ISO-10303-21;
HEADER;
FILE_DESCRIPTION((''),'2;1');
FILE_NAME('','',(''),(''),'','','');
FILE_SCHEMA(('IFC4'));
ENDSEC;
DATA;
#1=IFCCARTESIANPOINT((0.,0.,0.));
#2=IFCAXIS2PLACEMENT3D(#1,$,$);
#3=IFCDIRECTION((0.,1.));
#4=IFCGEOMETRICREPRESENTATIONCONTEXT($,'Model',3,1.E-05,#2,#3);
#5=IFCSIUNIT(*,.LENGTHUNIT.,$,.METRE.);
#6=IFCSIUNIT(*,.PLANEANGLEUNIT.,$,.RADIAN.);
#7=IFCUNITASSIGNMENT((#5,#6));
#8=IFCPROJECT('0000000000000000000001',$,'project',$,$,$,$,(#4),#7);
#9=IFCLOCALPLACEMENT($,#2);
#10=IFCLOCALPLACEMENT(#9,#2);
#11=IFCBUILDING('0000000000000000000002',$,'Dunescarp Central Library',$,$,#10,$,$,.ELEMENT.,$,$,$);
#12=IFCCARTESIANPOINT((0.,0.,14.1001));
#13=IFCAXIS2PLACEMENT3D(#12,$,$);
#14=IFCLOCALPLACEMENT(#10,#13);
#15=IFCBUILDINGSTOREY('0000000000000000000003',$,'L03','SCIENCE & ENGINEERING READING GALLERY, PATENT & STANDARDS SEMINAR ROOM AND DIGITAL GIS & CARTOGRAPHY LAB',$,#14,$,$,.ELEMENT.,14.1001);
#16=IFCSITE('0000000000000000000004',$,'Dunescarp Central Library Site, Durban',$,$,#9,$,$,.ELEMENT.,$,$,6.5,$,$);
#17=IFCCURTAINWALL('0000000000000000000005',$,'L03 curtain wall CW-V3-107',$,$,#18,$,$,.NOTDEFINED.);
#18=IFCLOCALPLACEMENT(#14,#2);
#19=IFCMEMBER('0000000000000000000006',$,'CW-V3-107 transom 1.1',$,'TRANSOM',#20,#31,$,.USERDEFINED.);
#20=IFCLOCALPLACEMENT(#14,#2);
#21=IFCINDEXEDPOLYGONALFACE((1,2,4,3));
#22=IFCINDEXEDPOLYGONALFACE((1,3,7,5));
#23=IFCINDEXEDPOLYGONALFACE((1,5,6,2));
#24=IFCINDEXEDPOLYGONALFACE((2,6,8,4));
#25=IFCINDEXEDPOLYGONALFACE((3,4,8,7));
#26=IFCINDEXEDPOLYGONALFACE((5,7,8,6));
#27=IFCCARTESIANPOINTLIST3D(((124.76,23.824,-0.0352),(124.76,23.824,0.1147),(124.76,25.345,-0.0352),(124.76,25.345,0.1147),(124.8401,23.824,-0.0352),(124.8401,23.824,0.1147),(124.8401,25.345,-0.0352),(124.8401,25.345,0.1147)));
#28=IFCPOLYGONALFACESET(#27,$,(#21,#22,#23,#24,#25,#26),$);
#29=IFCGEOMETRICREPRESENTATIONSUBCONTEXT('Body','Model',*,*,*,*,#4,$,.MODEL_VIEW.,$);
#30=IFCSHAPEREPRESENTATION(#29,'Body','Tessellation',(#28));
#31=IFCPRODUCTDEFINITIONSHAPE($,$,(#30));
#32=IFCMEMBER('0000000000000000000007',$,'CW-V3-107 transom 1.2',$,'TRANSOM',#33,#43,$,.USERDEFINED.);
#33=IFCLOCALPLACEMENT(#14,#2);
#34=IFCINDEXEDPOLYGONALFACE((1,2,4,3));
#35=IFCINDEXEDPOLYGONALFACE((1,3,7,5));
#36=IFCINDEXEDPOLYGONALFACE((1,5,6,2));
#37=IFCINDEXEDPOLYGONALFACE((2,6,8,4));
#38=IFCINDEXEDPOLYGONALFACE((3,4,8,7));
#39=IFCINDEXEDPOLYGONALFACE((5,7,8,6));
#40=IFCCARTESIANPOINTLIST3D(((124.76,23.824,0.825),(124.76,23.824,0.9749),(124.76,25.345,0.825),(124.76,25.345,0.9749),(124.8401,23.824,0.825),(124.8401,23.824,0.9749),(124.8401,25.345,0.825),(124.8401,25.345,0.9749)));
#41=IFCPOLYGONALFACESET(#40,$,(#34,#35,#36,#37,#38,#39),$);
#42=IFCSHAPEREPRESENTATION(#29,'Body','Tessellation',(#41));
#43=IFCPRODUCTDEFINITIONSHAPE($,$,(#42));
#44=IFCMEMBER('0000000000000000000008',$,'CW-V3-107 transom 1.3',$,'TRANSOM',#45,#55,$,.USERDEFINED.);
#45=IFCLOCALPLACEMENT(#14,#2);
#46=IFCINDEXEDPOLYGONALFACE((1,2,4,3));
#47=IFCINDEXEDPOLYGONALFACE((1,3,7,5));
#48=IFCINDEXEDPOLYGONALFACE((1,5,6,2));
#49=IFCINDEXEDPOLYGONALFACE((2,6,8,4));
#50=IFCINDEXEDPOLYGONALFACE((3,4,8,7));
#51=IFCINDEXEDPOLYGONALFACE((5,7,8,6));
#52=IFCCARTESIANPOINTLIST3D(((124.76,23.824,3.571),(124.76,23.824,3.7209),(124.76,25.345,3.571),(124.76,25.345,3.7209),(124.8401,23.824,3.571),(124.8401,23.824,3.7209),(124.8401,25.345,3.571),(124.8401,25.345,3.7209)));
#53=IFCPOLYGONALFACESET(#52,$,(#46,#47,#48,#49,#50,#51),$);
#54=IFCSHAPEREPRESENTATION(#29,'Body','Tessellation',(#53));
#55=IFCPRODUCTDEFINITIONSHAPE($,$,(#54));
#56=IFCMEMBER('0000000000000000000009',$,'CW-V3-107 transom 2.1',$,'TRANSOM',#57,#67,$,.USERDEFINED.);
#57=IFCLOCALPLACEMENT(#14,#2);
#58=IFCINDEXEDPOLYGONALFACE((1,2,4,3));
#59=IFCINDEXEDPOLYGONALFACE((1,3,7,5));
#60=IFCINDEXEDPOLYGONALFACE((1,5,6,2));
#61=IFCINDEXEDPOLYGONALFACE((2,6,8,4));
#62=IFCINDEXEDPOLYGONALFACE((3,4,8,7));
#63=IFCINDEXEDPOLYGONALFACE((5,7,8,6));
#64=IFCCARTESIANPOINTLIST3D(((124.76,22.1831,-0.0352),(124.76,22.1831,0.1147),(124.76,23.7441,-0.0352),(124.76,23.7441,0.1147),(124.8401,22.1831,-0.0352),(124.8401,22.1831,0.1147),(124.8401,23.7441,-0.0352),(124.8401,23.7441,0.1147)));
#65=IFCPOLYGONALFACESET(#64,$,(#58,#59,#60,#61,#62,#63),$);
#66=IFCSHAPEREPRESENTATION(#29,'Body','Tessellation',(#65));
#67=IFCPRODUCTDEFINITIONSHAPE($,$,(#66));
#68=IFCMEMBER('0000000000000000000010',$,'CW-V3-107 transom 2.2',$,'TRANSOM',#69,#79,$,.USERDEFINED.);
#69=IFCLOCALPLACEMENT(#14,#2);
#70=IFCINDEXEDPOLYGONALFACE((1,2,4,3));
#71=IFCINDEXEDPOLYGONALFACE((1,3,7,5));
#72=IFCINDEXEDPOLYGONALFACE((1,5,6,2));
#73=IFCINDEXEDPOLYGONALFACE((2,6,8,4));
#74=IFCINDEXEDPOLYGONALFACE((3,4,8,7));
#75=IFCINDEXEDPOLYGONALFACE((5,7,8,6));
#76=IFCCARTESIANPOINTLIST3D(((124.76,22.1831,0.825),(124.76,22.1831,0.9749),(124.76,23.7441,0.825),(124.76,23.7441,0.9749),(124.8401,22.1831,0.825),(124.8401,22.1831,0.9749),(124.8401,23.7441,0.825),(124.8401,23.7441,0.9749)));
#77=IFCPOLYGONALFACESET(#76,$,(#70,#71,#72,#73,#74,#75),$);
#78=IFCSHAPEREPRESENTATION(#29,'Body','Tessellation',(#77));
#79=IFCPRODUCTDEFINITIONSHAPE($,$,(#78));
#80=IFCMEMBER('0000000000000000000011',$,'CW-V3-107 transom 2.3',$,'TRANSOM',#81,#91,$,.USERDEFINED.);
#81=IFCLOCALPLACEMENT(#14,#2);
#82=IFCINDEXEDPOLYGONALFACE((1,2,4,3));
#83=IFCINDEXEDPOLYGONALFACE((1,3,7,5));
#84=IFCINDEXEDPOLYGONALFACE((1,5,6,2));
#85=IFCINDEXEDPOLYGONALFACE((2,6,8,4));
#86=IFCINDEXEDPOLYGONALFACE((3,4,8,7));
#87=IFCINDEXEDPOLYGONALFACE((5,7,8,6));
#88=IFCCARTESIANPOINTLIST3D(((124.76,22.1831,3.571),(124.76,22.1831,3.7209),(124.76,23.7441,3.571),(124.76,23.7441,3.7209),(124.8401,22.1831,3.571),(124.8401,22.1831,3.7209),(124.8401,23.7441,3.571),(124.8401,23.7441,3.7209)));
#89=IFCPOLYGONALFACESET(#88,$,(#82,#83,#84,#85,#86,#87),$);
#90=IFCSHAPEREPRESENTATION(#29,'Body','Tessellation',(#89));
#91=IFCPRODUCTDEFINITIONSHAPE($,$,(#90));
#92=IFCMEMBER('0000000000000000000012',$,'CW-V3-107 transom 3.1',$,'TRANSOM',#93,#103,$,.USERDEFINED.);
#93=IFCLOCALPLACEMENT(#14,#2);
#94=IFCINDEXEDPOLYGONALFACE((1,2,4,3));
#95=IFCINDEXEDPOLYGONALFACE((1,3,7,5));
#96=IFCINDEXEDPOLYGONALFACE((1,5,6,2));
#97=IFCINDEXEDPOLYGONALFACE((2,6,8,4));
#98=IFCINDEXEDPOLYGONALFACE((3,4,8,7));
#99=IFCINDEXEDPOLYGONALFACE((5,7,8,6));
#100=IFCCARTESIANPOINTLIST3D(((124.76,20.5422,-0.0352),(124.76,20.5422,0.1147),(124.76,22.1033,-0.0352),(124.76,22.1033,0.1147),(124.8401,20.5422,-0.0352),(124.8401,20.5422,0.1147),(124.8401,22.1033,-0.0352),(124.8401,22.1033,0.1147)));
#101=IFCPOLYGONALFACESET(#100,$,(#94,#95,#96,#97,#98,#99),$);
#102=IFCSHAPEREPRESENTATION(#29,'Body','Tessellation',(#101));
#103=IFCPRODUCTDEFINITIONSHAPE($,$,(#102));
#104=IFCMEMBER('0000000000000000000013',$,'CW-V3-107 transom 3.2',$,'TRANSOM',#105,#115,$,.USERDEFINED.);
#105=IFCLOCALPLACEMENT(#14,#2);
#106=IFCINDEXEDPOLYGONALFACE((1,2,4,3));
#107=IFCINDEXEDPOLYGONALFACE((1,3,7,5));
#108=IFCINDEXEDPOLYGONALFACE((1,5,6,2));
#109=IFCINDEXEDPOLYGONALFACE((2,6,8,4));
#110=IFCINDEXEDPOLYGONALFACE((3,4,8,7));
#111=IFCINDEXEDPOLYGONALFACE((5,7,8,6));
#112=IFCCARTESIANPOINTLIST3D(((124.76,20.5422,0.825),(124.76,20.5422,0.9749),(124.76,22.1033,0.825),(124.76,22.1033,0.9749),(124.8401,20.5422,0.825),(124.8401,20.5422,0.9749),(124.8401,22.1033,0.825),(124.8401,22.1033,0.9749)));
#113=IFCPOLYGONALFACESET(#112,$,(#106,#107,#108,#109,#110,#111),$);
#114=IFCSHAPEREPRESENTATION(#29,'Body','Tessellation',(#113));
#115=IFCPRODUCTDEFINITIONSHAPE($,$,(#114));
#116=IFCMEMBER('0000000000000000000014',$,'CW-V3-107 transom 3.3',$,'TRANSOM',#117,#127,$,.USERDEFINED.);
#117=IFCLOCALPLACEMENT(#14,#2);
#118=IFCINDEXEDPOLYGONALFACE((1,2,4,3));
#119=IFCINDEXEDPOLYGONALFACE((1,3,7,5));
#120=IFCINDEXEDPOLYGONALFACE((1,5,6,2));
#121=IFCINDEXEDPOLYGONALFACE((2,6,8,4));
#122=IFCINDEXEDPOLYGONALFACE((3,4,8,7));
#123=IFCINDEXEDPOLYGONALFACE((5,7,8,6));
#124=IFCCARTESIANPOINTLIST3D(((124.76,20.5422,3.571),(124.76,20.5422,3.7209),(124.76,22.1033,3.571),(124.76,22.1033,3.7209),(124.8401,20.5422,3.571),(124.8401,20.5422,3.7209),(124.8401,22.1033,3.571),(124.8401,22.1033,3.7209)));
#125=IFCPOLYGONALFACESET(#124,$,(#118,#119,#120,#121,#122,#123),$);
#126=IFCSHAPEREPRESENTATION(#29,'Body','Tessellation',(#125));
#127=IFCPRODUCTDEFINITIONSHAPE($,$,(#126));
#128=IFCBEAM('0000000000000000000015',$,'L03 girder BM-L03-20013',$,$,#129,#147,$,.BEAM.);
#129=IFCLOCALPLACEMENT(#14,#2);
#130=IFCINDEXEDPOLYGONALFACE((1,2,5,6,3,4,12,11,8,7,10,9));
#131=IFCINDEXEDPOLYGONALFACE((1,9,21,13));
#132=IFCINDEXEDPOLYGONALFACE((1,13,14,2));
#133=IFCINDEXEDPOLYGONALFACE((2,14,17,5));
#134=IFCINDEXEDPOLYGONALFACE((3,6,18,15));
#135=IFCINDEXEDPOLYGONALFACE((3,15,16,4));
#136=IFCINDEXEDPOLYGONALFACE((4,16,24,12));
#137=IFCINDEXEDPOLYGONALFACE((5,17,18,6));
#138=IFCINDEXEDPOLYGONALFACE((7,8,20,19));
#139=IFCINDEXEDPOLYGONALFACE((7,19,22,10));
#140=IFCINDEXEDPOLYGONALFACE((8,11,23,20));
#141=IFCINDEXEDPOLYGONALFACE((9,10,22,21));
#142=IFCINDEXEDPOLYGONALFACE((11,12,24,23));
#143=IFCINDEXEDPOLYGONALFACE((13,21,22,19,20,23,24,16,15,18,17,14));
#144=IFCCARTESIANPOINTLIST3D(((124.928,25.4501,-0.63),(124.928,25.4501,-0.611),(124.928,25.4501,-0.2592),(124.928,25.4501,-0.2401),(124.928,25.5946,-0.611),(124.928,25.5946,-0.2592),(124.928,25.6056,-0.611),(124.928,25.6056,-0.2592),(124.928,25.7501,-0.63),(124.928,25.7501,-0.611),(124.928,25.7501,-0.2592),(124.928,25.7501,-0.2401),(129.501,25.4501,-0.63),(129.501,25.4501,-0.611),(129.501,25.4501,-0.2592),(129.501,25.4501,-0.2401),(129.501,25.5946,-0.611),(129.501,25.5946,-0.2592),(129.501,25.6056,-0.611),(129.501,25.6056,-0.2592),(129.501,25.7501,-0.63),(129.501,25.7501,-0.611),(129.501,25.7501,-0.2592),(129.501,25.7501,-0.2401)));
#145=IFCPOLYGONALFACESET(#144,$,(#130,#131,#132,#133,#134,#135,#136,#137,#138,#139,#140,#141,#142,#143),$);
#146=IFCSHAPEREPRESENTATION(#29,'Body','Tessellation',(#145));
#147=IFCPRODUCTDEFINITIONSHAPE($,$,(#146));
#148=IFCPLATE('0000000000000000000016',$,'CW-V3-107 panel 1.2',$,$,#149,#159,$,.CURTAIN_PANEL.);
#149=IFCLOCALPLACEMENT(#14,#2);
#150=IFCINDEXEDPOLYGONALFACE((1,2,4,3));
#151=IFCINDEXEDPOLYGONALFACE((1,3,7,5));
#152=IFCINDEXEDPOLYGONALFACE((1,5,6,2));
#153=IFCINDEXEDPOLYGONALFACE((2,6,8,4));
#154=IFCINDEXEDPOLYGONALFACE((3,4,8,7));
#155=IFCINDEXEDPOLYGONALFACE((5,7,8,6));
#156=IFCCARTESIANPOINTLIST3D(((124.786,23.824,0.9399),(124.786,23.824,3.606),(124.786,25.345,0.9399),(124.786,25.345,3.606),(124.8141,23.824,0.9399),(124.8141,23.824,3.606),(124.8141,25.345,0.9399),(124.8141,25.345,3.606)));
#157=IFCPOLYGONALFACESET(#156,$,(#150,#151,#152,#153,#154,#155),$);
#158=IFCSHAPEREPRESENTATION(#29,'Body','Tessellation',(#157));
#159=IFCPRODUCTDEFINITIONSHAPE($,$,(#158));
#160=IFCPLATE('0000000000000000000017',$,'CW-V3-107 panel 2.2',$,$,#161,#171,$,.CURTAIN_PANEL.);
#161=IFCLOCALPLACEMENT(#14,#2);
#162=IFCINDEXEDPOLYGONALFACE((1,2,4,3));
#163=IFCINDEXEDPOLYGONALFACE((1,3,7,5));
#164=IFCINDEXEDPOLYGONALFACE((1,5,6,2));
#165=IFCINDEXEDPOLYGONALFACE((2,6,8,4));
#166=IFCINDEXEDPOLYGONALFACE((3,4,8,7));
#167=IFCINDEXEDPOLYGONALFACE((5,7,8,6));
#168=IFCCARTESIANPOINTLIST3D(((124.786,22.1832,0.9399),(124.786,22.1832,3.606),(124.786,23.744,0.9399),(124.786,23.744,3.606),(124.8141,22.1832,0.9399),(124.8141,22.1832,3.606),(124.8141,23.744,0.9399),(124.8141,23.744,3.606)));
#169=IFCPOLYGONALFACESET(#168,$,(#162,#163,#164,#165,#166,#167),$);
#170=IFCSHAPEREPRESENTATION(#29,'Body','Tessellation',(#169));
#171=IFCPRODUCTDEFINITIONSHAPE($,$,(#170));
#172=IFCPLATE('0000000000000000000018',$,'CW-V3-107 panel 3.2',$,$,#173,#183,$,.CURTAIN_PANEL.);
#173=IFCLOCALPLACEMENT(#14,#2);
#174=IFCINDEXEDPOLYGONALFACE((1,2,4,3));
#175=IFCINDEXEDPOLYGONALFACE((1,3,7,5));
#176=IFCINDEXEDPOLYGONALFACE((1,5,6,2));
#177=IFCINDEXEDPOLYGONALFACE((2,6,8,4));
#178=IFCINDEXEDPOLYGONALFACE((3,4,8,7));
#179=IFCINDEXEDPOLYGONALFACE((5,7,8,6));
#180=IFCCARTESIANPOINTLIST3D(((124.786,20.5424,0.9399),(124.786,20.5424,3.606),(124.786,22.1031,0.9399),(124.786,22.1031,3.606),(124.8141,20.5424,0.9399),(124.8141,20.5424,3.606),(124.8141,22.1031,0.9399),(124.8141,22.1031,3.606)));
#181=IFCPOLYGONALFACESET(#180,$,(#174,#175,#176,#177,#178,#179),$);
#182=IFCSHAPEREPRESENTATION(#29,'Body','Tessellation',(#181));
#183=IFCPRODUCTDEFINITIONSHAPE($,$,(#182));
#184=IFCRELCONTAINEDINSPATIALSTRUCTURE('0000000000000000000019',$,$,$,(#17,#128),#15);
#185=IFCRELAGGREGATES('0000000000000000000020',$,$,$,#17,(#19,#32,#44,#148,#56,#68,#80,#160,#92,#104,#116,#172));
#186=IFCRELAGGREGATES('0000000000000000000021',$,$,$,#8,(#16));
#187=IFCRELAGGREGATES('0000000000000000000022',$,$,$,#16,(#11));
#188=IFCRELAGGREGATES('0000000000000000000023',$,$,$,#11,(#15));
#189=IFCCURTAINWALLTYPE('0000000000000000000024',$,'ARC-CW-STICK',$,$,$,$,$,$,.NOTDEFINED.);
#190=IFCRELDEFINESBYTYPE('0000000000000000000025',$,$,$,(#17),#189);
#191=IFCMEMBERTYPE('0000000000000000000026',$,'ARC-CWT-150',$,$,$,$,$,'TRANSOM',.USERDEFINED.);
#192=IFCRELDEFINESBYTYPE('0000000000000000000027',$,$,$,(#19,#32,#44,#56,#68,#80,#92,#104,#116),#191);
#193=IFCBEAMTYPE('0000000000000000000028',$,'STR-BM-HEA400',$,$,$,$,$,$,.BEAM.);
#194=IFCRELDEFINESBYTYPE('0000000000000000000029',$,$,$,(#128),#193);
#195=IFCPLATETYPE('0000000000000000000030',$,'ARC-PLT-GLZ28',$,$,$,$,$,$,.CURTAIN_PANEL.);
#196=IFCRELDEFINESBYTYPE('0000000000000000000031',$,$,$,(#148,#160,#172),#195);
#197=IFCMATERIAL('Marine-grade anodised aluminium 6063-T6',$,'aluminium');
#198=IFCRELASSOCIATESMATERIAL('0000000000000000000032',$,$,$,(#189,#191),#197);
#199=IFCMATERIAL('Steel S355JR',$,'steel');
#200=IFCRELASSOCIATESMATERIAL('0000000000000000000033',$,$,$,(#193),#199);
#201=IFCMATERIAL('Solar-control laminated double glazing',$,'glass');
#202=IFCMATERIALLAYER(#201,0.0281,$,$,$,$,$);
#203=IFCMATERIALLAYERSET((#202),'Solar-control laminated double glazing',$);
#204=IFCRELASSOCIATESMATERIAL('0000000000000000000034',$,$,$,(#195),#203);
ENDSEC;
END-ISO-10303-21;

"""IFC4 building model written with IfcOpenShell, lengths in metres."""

from ifc_helpers import new_model, si_unit, direction, frame, origin, origin_2d, place, context, subcontext, project, spatial, rectangle, i_section, extrude, material, layer, layer_set, material_profile, profile_set, type_object, element, aggregate, save


model = new_model("IFC4")

# Units and contexts
model_context = context("Model", 3, precision=1e-05, world=origin(), true_north=direction((0.0, 1.0)))
body_context = subcontext(model_context, "Body", "Model", "MODEL_VIEW")
ifc_project = project(units=[si_unit("LENGTHUNIT", "METRE"), si_unit("PLANEANGLEUNIT", "RADIAN")], contexts=[model_context])

# Site, building, storey
site_placement = place(None, origin())
site = spatial("IfcSite", under=ifc_project, at=site_placement, Name="Dunescarp Central Library Site, Durban", CompositionType="ELEMENT", RefElevation=6.5)
building_placement = place(site_placement, origin())
building = spatial("IfcBuilding", under=site, at=building_placement, Name="Dunescarp Central Library", CompositionType="ELEMENT")
storey_placement = place(building_placement, frame((0.0, 0.0, 14.1001)))
storey = spatial("IfcBuildingStorey", under=building, at=storey_placement, Name="L03", Description="SCIENCE & ENGINEERING READING GALLERY, PATENT & STANDARDS SEMINAR ROOM AND DIGITAL GIS & CARTOGRAPHY LAB", CompositionType="ELEMENT", Elevation=14.1001)

# Curtain wall, members
ifc_material_1 = material(Name="Marine-grade anodised aluminium 6063-T6", Category="aluminium")
curtain_wall_type = type_object("IfcCurtainWallType", Name="ARC-CW-STICK", PredefinedType="NOTDEFINED", material=ifc_material_1)
curtain_wall_placement = place(storey_placement, origin())
curtain_wall = element("IfcCurtainWall", 1, at=curtain_wall_placement, inside=storey, type_object=curtain_wall_type, Name="L03 curtain wall CW-V3-107", PredefinedType="NOTDEFINED")
ifc_material_profile_1 = material_profile(ifc_material_1, rectangle(XDim=0.0801, YDim=0.1499, at=origin_2d()), Name="AL 80x150")
ifc_profile_set_1 = profile_set([ifc_material_profile_1], Name="Marine-grade anodised aluminium 6063-T6")
member_type = type_object("IfcMemberType", Name="ARC-CWT-150", ElementType="TRANSOM", PredefinedType="USERDEFINED", material=ifc_profile_set_1)
member_1_placement = place(storey_placement, frame((124.8, 25.345, 0.0398), z_axis=(0.0, -1.0, 0.0), x_axis=(1.0, 0.0, 0.0)))
member_1 = element("IfcMember", 2, at=member_1_placement, type_object=member_type, Name="CW-V3-107 transom 1.1", ObjectType="TRANSOM", PredefinedType="USERDEFINED", context=body_context, shape_type="SweptSolid", body=[
    extrude(rectangle(XDim=0.0801, YDim=0.1499, at=origin_2d()), origin(), (0.0, 0.0, 1.0), 1.521),
])
member_2_placement = place(storey_placement, frame((124.8, 25.345, 0.8999), z_axis=(0.0, -1.0, 0.0), x_axis=(1.0, 0.0, 0.0)))
member_2 = element("IfcMember", 3, at=member_2_placement, type_object=member_type, Name="CW-V3-107 transom 1.2", ObjectType="TRANSOM", PredefinedType="USERDEFINED", context=body_context, shape_type="SweptSolid", body=[
    extrude(rectangle(XDim=0.0801, YDim=0.1499, at=origin_2d()), origin(), (0.0, 0.0, 1.0), 1.521),
])
member_3_placement = place(storey_placement, frame((124.8, 25.345, 3.646), z_axis=(0.0, -1.0, 0.0), x_axis=(1.0, 0.0, 0.0)))
member_3 = element("IfcMember", 4, at=member_3_placement, type_object=member_type, Name="CW-V3-107 transom 1.3", ObjectType="TRANSOM", PredefinedType="USERDEFINED", context=body_context, shape_type="SweptSolid", body=[
    extrude(rectangle(XDim=0.0801, YDim=0.1499, at=origin_2d()), origin(), (0.0, 0.0, 1.0), 1.521),
])
member_4_placement = place(storey_placement, frame((124.8, 23.7441, 0.0398), z_axis=(0.0, -1.0, 0.0), x_axis=(1.0, 0.0, 0.0)))
member_4 = element("IfcMember", 5, at=member_4_placement, type_object=member_type, Name="CW-V3-107 transom 2.1", ObjectType="TRANSOM", PredefinedType="USERDEFINED", context=body_context, shape_type="SweptSolid", body=[
    extrude(rectangle(XDim=0.0801, YDim=0.1499, at=origin_2d()), origin(), (0.0, 0.0, 1.0), 1.561),
])
member_5_placement = place(storey_placement, frame((124.8, 23.7441, 0.8999), z_axis=(0.0, -1.0, 0.0), x_axis=(1.0, 0.0, 0.0)))
member_5 = element("IfcMember", 6, at=member_5_placement, type_object=member_type, Name="CW-V3-107 transom 2.2", ObjectType="TRANSOM", PredefinedType="USERDEFINED", context=body_context, shape_type="SweptSolid", body=[
    extrude(rectangle(XDim=0.0801, YDim=0.1499, at=origin_2d()), origin(), (0.0, 0.0, 1.0), 1.561),
])
member_6_placement = place(storey_placement, frame((124.8, 23.7441, 3.646), z_axis=(0.0, -1.0, 0.0), x_axis=(1.0, 0.0, 0.0)))
member_6 = element("IfcMember", 7, at=member_6_placement, type_object=member_type, Name="CW-V3-107 transom 2.3", ObjectType="TRANSOM", PredefinedType="USERDEFINED", context=body_context, shape_type="SweptSolid", body=[
    extrude(rectangle(XDim=0.0801, YDim=0.1499, at=origin_2d()), origin(), (0.0, 0.0, 1.0), 1.561),
])
member_7_placement = place(storey_placement, frame((124.8, 22.1033, 0.0398), z_axis=(0.0, -1.0, 0.0), x_axis=(1.0, 0.0, 0.0)))
member_7 = element("IfcMember", 8, at=member_7_placement, type_object=member_type, Name="CW-V3-107 transom 3.1", ObjectType="TRANSOM", PredefinedType="USERDEFINED", context=body_context, shape_type="SweptSolid", body=[
    extrude(rectangle(XDim=0.0801, YDim=0.1499, at=origin_2d()), origin(), (0.0, 0.0, 1.0), 1.561),
])
member_8_placement = place(storey_placement, frame((124.8, 22.1033, 0.8999), z_axis=(0.0, -1.0, 0.0), x_axis=(1.0, 0.0, 0.0)))
member_8 = element("IfcMember", 9, at=member_8_placement, type_object=member_type, Name="CW-V3-107 transom 3.2", ObjectType="TRANSOM", PredefinedType="USERDEFINED", context=body_context, shape_type="SweptSolid", body=[
    extrude(rectangle(XDim=0.0801, YDim=0.1499, at=origin_2d()), origin(), (0.0, 0.0, 1.0), 1.561),
])
member_9_placement = place(storey_placement, frame((124.8, 22.1033, 3.646), z_axis=(0.0, -1.0, 0.0), x_axis=(1.0, 0.0, 0.0)))
member_9 = element("IfcMember", 10, at=member_9_placement, type_object=member_type, Name="CW-V3-107 transom 3.3", ObjectType="TRANSOM", PredefinedType="USERDEFINED", context=body_context, shape_type="SweptSolid", body=[
    extrude(rectangle(XDim=0.0801, YDim=0.1499, at=origin_2d()), origin(), (0.0, 0.0, 1.0), 1.561),
])

# Beam
ifc_material_2 = material(Name="Steel S355JR", Category="steel")
ifc_material_profile_2 = material_profile(ifc_material_2, i_section(OverallWidth=0.3, OverallDepth=0.3899, WebThickness=0.011, FlangeThickness=0.019, at=origin_2d()), Name="HEA 400")
ifc_profile_set_2 = profile_set([ifc_material_profile_2], Name="Steel S355JR")
beam_type = type_object("IfcBeamType", Name="STR-BM-HEA400", PredefinedType="BEAM", material=ifc_profile_set_2)
beam_placement = place(storey_placement, frame((124.928, 25.6001, -0.4351), z_axis=(1.0, 0.0, 0.0), x_axis=(0.0, 1.0, 0.0)))
element("IfcBeam", 11, at=beam_placement, inside=storey, type_object=beam_type, Name="L03 girder BM-L03-20013", PredefinedType="BEAM", context=body_context, shape_type="SweptSolid", body=[
    extrude(i_section(OverallWidth=0.3, OverallDepth=0.3899, WebThickness=0.011, FlangeThickness=0.019, at=origin_2d()), origin(), (0.0, 0.0, 1.0), 4.573),
])

# Plates
ifc_material_3 = material(Name="Solar-control laminated double glazing", Category="glass")
ifc_layer_1 = layer(ifc_material_3, 0.0281)
ifc_layer_set_1 = layer_set([ifc_layer_1], Name="Solar-control laminated double glazing")
plate_type_1 = type_object("IfcPlateType", Name="ARC-PLT-GLZ28", PredefinedType="CURTAIN_PANEL", material=ifc_layer_set_1)
plate_1_placement = place(storey_placement, frame((124.8, 24.5845, 0.9399), z_axis=(0.0, 0.0, 1.0), x_axis=(0.0, -1.0, 0.0)))
plate_1 = element("IfcPlate", 12, at=plate_1_placement, type_object=plate_type_1, Name="CW-V3-107 panel 1.2", PredefinedType="CURTAIN_PANEL", context=body_context, shape_type="SweptSolid", body=[
    extrude(rectangle(XDim=1.521, YDim=0.0281, at=origin_2d()), origin(), (0.0, 0.0, 1.0), 2.666),
])
plate_2_placement = place(storey_placement, frame((124.8, 22.9636, 0.9399), z_axis=(0.0, 0.0, 1.0), x_axis=(0.0, -1.0, 0.0)))
plate_2 = element("IfcPlate", 13, at=plate_2_placement, type_object=plate_type_1, Name="CW-V3-107 panel 2.2", PredefinedType="CURTAIN_PANEL", context=body_context, shape_type="SweptSolid", body=[
    extrude(rectangle(XDim=1.5608, YDim=0.0281, at=origin_2d()), origin(), (0.0, 0.0, 1.0), 2.666),
])
plate_3_placement = place(storey_placement, frame((124.8, 21.3228, 0.9399), z_axis=(0.0, 0.0, 1.0), x_axis=(0.0, -1.0, 0.0)))
plate_3 = element("IfcPlate", 14, at=plate_3_placement, type_object=plate_type_1, Name="CW-V3-107 panel 3.2", PredefinedType="CURTAIN_PANEL", context=body_context, shape_type="SweptSolid", body=[
    extrude(rectangle(XDim=1.5608, YDim=0.0281, at=origin_2d()), origin(), (0.0, 0.0, 1.0), 2.666),
])
aggregate(curtain_wall, [member_1, member_2, member_3, plate_1, member_4, member_5, member_6, plate_2, member_7, member_8, member_9, plate_3])

save(model, "model.ifc")
